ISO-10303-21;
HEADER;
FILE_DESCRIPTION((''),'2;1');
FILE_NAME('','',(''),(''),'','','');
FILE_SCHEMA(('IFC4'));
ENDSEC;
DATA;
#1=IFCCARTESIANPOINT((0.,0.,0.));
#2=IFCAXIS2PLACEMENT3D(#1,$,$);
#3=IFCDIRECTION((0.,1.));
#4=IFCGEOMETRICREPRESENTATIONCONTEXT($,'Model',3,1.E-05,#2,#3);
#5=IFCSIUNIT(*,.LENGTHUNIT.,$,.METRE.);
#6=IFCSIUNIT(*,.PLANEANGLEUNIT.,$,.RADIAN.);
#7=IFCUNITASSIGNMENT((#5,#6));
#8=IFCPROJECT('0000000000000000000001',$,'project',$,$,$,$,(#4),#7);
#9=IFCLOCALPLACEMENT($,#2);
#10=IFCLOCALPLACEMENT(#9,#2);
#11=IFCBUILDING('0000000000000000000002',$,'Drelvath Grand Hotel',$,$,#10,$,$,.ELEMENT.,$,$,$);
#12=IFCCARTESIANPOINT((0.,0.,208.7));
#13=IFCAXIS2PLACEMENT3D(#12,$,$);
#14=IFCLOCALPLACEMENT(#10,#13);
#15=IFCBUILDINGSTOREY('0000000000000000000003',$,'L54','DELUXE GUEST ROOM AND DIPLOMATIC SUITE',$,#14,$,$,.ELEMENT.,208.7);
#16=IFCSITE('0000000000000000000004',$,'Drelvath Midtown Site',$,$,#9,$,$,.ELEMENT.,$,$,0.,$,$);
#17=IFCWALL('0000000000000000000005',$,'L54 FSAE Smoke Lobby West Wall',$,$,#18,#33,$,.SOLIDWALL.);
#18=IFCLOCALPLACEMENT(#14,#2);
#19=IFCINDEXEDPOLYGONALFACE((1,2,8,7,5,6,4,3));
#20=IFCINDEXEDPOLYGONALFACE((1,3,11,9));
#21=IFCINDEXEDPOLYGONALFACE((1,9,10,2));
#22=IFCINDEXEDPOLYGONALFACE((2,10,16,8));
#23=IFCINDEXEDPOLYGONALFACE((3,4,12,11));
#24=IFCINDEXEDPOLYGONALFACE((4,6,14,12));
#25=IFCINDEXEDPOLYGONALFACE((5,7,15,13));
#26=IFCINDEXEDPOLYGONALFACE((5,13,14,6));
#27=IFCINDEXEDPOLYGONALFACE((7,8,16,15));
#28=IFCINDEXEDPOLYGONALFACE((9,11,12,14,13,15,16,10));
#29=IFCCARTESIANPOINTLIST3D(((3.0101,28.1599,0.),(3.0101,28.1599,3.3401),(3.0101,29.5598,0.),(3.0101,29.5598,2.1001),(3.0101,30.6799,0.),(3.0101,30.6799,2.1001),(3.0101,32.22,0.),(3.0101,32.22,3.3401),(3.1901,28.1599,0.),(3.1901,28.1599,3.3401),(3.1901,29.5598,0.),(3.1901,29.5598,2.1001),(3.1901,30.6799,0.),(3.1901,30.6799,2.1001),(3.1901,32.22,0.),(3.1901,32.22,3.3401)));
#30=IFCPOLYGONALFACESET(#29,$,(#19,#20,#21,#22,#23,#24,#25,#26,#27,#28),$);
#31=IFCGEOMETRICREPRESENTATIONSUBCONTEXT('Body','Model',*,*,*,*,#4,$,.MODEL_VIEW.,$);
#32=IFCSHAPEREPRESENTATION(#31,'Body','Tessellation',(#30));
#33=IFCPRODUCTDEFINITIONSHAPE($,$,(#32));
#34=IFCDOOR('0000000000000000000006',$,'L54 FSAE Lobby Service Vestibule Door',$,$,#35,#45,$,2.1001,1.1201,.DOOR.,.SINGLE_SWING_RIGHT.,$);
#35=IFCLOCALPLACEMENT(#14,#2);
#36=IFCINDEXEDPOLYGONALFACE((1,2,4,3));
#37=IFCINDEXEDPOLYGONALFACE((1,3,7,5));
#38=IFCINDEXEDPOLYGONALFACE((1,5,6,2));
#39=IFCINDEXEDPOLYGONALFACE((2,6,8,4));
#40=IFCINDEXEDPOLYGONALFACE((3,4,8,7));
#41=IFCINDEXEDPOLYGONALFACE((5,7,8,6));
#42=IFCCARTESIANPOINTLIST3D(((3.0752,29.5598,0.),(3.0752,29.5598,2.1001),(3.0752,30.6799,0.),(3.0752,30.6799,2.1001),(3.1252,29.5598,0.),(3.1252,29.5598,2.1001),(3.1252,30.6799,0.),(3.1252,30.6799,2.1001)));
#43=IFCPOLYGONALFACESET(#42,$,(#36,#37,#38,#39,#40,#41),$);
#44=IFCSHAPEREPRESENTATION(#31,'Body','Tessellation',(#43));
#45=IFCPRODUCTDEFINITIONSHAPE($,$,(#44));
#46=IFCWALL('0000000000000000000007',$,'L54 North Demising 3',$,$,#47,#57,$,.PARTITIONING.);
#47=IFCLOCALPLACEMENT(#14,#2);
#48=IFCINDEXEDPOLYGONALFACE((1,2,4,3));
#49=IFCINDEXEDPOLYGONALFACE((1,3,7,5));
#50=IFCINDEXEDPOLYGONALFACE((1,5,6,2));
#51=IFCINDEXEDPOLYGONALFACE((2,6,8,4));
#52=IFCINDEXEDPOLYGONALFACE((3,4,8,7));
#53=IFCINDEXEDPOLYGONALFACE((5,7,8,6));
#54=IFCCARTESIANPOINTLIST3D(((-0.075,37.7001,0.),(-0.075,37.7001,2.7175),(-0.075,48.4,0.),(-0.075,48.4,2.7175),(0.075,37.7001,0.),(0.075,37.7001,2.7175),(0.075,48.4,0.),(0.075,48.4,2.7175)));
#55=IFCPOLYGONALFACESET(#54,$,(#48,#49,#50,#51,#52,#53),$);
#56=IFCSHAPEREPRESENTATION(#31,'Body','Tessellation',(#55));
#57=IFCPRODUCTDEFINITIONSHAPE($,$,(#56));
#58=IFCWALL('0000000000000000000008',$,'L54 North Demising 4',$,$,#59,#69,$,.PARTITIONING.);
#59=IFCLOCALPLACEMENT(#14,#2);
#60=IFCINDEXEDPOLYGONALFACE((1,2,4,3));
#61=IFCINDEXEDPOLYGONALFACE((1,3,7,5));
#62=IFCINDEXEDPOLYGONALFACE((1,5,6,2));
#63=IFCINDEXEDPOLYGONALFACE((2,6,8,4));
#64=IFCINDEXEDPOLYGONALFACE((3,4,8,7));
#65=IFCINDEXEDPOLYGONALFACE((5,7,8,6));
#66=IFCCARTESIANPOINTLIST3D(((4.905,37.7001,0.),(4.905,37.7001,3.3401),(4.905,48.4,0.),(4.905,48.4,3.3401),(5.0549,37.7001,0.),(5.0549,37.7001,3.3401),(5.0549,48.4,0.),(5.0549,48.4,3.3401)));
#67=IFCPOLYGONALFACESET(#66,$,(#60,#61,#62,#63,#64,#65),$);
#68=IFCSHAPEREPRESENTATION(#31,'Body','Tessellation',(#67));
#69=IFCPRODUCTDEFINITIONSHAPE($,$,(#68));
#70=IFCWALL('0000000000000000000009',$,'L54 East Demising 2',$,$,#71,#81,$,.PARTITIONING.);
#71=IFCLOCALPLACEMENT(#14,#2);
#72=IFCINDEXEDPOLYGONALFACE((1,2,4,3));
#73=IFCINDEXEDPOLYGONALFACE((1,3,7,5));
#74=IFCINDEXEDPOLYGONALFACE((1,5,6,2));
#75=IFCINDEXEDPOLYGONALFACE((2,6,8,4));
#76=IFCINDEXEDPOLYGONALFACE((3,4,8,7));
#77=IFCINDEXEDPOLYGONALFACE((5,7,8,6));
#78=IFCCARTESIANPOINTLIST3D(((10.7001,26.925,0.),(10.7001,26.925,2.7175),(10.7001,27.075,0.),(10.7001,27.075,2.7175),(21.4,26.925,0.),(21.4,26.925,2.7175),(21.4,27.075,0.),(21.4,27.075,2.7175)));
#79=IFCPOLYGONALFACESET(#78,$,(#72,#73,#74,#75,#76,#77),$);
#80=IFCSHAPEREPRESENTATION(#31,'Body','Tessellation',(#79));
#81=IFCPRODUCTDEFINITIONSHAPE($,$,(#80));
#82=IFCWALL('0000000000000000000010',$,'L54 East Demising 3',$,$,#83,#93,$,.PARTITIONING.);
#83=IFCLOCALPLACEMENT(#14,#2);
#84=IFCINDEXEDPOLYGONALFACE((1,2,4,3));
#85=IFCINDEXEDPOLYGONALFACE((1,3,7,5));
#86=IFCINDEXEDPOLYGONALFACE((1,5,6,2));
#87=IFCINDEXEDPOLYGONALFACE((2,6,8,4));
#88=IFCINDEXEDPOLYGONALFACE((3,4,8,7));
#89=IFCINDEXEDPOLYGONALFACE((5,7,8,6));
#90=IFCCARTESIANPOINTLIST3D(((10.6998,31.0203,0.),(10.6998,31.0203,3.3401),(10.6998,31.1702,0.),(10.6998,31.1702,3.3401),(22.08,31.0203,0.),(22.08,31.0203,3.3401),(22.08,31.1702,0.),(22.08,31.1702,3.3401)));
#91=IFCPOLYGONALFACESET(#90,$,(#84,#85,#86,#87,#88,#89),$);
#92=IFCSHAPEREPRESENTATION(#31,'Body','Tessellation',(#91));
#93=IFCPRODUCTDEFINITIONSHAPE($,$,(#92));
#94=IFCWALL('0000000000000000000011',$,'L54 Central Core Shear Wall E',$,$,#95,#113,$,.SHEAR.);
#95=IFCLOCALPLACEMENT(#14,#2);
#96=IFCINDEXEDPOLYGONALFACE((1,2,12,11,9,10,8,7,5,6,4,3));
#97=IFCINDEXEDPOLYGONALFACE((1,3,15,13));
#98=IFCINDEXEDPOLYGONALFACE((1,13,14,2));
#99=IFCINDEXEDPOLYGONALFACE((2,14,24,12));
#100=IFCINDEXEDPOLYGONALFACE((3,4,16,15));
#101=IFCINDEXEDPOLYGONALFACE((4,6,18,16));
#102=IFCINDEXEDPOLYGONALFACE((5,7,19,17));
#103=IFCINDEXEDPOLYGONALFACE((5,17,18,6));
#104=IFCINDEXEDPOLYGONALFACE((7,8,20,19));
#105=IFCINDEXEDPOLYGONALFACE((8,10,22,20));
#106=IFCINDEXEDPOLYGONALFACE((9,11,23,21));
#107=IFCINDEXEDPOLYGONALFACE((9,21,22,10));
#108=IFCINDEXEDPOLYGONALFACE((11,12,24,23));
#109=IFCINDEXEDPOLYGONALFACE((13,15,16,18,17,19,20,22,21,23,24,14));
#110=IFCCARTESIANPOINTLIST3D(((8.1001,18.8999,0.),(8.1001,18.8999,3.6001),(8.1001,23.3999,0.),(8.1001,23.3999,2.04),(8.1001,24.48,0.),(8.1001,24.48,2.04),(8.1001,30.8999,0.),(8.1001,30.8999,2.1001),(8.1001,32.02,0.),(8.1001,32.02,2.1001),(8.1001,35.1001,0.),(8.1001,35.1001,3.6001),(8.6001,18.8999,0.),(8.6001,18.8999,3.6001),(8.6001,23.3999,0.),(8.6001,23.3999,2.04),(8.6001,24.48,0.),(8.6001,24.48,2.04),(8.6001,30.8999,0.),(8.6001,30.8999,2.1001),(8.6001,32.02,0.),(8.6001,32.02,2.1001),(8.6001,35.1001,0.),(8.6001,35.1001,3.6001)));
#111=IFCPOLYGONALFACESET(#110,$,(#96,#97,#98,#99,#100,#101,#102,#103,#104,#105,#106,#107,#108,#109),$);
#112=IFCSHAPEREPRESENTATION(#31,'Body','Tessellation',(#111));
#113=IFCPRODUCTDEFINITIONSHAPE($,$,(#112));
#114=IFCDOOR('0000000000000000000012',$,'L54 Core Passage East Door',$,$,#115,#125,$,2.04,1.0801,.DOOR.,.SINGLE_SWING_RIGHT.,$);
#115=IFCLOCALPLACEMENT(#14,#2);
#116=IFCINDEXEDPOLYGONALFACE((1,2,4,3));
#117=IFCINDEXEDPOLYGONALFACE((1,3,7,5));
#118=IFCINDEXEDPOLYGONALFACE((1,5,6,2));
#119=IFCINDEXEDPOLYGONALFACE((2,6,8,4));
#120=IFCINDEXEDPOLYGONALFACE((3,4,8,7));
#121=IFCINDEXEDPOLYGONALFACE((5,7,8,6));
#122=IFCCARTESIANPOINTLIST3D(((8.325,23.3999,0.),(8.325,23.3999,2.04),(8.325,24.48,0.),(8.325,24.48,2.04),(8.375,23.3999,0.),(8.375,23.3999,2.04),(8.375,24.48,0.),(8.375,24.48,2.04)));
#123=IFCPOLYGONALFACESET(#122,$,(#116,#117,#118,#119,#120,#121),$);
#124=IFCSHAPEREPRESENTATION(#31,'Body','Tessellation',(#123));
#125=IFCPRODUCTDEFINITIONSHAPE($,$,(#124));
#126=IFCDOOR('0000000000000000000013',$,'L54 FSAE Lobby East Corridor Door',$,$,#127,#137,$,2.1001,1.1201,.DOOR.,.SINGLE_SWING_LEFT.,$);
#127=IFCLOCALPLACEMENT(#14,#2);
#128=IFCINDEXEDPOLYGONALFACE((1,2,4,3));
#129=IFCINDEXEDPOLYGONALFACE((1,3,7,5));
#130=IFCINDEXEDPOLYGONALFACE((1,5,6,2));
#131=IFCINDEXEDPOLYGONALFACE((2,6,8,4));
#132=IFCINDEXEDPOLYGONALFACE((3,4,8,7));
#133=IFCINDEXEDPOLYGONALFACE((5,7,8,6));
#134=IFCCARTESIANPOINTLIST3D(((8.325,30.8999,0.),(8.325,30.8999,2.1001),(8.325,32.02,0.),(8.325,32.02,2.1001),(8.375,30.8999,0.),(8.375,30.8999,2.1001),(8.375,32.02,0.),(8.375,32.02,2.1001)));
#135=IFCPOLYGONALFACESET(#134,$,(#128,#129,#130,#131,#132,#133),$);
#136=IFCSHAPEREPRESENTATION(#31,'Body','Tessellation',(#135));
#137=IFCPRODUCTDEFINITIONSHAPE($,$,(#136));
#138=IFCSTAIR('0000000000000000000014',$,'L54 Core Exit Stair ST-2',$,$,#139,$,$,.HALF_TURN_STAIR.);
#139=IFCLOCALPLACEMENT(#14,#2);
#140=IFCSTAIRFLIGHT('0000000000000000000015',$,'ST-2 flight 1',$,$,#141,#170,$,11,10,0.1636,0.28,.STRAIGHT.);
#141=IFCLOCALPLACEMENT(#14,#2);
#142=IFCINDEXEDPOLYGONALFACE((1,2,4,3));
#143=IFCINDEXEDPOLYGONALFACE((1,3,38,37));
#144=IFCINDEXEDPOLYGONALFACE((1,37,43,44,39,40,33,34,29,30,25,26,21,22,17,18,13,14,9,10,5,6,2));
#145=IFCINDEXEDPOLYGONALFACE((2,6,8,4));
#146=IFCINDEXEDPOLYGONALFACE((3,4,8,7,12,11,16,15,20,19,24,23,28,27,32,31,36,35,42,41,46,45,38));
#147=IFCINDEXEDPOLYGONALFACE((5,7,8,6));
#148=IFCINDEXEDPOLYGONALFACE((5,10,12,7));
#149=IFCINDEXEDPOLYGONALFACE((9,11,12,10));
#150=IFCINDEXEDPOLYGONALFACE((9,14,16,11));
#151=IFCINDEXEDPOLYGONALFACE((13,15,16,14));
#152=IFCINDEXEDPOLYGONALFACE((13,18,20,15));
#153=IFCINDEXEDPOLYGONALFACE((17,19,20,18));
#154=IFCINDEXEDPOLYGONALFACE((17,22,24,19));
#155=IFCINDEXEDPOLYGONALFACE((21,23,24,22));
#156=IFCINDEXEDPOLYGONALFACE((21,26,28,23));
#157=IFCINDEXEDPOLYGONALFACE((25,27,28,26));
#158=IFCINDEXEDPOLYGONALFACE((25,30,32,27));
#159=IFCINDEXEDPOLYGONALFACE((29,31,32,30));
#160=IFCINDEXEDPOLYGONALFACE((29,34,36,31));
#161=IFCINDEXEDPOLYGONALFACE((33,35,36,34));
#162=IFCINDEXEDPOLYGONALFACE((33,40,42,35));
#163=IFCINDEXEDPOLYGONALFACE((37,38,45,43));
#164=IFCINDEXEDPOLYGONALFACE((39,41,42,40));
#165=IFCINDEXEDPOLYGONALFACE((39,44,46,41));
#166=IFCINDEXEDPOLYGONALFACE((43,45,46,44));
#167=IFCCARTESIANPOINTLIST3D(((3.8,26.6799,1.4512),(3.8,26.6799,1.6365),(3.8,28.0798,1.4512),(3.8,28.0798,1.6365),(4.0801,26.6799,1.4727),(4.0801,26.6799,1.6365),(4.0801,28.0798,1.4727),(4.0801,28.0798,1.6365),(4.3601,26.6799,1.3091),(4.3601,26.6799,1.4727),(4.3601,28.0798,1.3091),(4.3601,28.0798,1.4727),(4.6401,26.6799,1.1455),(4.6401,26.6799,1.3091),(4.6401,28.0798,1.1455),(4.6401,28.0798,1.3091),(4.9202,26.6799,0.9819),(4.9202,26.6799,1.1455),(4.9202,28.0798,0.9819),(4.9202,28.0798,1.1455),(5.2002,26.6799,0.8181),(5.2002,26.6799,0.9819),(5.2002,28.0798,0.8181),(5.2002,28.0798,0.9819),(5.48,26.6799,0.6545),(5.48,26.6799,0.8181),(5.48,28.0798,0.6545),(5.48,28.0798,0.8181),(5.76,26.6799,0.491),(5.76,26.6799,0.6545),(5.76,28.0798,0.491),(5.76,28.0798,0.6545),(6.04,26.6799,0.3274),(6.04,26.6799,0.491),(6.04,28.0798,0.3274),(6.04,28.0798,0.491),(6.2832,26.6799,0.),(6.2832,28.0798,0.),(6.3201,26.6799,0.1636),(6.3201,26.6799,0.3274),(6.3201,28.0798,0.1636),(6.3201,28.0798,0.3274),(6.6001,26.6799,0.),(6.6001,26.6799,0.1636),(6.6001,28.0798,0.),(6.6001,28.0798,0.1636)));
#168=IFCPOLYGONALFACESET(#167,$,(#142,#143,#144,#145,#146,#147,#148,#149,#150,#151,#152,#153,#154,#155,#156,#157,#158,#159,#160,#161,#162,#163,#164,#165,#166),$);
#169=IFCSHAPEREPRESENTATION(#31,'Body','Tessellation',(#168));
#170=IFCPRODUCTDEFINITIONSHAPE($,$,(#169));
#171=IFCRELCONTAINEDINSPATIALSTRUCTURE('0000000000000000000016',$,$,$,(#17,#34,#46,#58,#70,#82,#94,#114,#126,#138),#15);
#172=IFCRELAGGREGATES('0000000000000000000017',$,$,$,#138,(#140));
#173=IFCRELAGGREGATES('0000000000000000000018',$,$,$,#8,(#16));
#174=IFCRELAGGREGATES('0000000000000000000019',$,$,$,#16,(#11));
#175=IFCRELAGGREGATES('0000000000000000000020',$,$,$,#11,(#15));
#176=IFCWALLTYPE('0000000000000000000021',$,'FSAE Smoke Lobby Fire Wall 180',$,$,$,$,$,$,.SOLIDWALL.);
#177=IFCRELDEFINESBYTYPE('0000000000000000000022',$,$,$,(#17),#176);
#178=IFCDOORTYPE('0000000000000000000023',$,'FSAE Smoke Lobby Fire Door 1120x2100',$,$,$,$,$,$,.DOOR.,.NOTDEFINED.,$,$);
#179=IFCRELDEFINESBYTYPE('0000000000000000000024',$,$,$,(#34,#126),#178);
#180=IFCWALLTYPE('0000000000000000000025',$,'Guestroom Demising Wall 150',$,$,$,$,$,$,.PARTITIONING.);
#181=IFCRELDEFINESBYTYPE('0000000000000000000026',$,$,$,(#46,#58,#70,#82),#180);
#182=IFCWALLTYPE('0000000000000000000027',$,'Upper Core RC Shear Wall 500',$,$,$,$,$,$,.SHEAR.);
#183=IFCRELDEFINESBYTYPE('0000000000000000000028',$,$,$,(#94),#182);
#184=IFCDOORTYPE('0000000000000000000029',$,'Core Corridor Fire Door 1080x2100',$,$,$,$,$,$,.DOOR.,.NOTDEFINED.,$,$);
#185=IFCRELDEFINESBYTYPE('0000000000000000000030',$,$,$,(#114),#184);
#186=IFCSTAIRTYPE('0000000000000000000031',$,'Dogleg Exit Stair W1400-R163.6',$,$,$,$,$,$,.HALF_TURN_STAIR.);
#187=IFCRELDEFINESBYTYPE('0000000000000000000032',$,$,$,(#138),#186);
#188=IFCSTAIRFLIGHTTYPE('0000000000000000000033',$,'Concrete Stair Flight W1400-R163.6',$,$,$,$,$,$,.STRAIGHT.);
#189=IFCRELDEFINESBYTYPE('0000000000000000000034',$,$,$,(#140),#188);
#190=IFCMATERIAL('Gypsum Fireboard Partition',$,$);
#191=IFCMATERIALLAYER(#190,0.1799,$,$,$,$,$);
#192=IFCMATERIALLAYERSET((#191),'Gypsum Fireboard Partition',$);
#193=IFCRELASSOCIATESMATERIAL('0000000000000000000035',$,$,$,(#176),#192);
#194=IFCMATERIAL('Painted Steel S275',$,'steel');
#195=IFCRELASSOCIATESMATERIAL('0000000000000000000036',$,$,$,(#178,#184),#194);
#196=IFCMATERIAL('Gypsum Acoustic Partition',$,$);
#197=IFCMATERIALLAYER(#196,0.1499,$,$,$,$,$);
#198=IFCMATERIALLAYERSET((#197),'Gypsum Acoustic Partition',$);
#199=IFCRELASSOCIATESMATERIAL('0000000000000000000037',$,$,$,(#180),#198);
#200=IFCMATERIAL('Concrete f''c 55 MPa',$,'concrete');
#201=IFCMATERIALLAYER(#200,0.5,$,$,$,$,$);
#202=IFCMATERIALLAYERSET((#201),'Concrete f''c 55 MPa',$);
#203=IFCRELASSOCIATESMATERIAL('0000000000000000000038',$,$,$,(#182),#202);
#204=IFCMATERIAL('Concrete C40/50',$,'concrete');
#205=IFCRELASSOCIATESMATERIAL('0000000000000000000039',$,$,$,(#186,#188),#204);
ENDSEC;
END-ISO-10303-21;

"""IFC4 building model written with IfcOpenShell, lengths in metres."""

from ifc_helpers import new_model, si_unit, direction, frame, frame_2d, origin, place, context, subcontext, project, spatial, polyline, rectangle, outline, extrude, material, layer, layer_set, type_object, element, fill, aggregate, save


model = new_model("IFC4")

# Units and contexts
model_context = context("Model", 3, precision=1e-05, world=origin(), true_north=direction((0.0, 1.0)))
body_context = subcontext(model_context, "Body", "Model", "MODEL_VIEW")
ifc_project = project(units=[si_unit("LENGTHUNIT", "METRE"), si_unit("PLANEANGLEUNIT", "RADIAN")], contexts=[model_context])

# Site, building, storey
site_placement = place(None, origin())
site = spatial("IfcSite", under=ifc_project, at=site_placement, Name="Drelvath Midtown Site", CompositionType="ELEMENT", RefElevation=0.0)
building_placement = place(site_placement, origin())
building = spatial("IfcBuilding", under=site, at=building_placement, Name="Drelvath Grand Hotel", CompositionType="ELEMENT")
storey_placement = place(building_placement, frame((0.0, 0.0, 208.7)))
storey = spatial("IfcBuildingStorey", under=building, at=storey_placement, Name="L54", Description="DELUXE GUEST ROOM AND DIPLOMATIC SUITE", CompositionType="ELEMENT", Elevation=208.7)

# Shared definitions
ifc_material_1 = material(Name="Concrete f'c 55 MPa", Category="concrete")

# Shared definitions
ifc_material_2 = material(Name="Concrete C40/50", Category="concrete")

# Shared definitions
ifc_material_3 = material(Name="Painted Steel S275", Category="steel")

# Shared definitions
ifc_material_4 = material(Name="Gypsum Fireboard Partition")

# Wall, opening, door
ifc_layer_1 = layer(ifc_material_4, 0.1799)
ifc_layer_set_1 = layer_set([ifc_layer_1], Name="Gypsum Fireboard Partition")
wall_type_1 = type_object("IfcWallType", Name="FSAE Smoke Lobby Fire Wall 180", PredefinedType="SOLIDWALL", material=ifc_layer_set_1)
wall_1_placement = place(storey_placement, frame((3.1001, 28.1599, 0.0), z_axis=(0.0, 0.0, 1.0), x_axis=(0.0, 1.0, 0.0)))
wall_1 = element("IfcWall", 1, at=wall_1_placement, inside=storey, type_object=wall_type_1, Name="L54 FSAE Smoke Lobby West Wall", PredefinedType="SOLIDWALL", context=body_context, shape_type="SweptSolid", body=[
    extrude(rectangle(XDim=4.0601, YDim=0.1799, at=frame_2d((2.03, 0.0))), origin(), (0.0, 0.0, 1.0), 3.3401),
])
opening_1_placement = place(wall_1_placement, frame((1.3999, 0.0, 0.0)))
opening_1 = element("IfcOpeningElement", 2, at=opening_1_placement, cuts=wall_1, PredefinedType="OPENING", context=body_context, shape_type="SweptSolid", body=[
    extrude(rectangle(XDim=1.1201, YDim=2.1001, at=frame_2d((0.5601, 1.05))), frame((0.0, 0.0999, 0.0), z_axis=(0.0, -1.0, 0.0), x_axis=(1.0, 0.0, 0.0)), (0.0, 0.0, 1.0), 0.2),
])
door_type_1 = type_object("IfcDoorType", Name="FSAE Smoke Lobby Fire Door 1120x2100", OperationType="NOTDEFINED", PredefinedType="DOOR", material=ifc_material_3)
door_1_placement = place(opening_1_placement, origin())
door_1 = element("IfcDoor", 3, at=door_1_placement, inside=storey, type_object=door_type_1, Name="L54 FSAE Lobby Service Vestibule Door", OperationType="SINGLE_SWING_RIGHT", OverallHeight=2.1001, OverallWidth=1.1201, PredefinedType="DOOR", context=body_context, shape_type="SweptSolid", body=[
    extrude(rectangle(XDim=1.1201, YDim=2.1001, at=frame_2d((0.5601, 1.05))), frame((0.0, 0.0249, 0.0), z_axis=(0.0, -1.0, 0.0), x_axis=(1.0, 0.0, 0.0)), (0.0, 0.0, 1.0), 0.05),
])
fill(opening_1, door_1)

# Walls
ifc_material_5 = material(Name="Gypsum Acoustic Partition")
ifc_layer_2 = layer(ifc_material_5, 0.1499)
ifc_layer_set_2 = layer_set([ifc_layer_2], Name="Gypsum Acoustic Partition")
wall_type_2 = type_object("IfcWallType", Name="Guestroom Demising Wall 150", PredefinedType="PARTITIONING", material=ifc_layer_set_2)
wall_2_placement = place(storey_placement, frame((0.0, 37.7, 0.0), z_axis=(0.0, 0.0, 1.0), x_axis=(0.0, 1.0, 0.0)))
element("IfcWall", 4, at=wall_2_placement, inside=storey, type_object=wall_type_2, Name="L54 North Demising 3", PredefinedType="PARTITIONING", context=body_context, shape_type="SweptSolid", body=[
    extrude(rectangle(XDim=10.7, YDim=0.1499, at=frame_2d((5.3501, 0.0))), origin(), (0.0, 0.0, 1.0), 2.7175),
])
wall_3_placement = place(storey_placement, frame((4.98, 37.7, 0.0), z_axis=(0.0, 0.0, 1.0), x_axis=(0.0, 1.0, 0.0)))
element("IfcWall", 5, at=wall_3_placement, inside=storey, type_object=wall_type_2, Name="L54 North Demising 4", PredefinedType="PARTITIONING", context=body_context, shape_type="SweptSolid", body=[
    extrude(rectangle(XDim=10.7, YDim=0.1499, at=frame_2d((5.3501, 0.0))), origin(), (0.0, 0.0, 1.0), 3.3401),
])
wall_4_placement = place(storey_placement, frame((10.7, 27.0, 0.0), z_axis=(0.0, 0.0, 1.0), x_axis=(1.0, 0.0, 0.0)))
element("IfcWall", 6, at=wall_4_placement, inside=storey, type_object=wall_type_2, Name="L54 East Demising 2", PredefinedType="PARTITIONING", context=body_context, shape_type="SweptSolid", body=[
    extrude(rectangle(XDim=10.7, YDim=0.1499, at=frame_2d((5.3501, 0.0))), origin(), (0.0, 0.0, 1.0), 2.7175),
])
wall_5_placement = place(storey_placement, frame((10.7, 31.0952, 0.0), z_axis=(0.0, 0.0, 1.0), x_axis=(1.0, 0.0, 0.0)))
element("IfcWall", 7, at=wall_5_placement, inside=storey, type_object=wall_type_2, Name="L54 East Demising 3", PredefinedType="PARTITIONING", context=body_context, shape_type="SweptSolid", body=[
    extrude(rectangle(XDim=11.3801, YDim=0.1499, at=frame_2d((5.6899, 0.0))), origin(), (0.0, 0.0, 1.0), 3.3401),
])

# Wall, openings, doors
ifc_layer_3 = layer(ifc_material_1, 0.5)
ifc_layer_set_3 = layer_set([ifc_layer_3], Name="Concrete f'c 55 MPa")
wall_type_3 = type_object("IfcWallType", Name="Upper Core RC Shear Wall 500", PredefinedType="SHEAR", material=ifc_layer_set_3)
wall_6_placement = place(storey_placement, frame((8.3501, 35.1001, 0.0), z_axis=(0.0, 0.0, 1.0), x_axis=(0.0, -1.0, 0.0)))
wall_6 = element("IfcWall", 8, at=wall_6_placement, inside=storey, type_object=wall_type_3, Name="L54 Central Core Shear Wall E", PredefinedType="SHEAR", context=body_context, shape_type="SweptSolid", body=[
    extrude(rectangle(XDim=16.2002, YDim=0.5, at=frame_2d((8.1001, 0.0))), origin(), (0.0, 0.0, 1.0), 3.6001),
])
opening_2_placement = place(wall_6_placement, frame((3.0801, 0.0, 0.0)))
opening_2 = element("IfcOpeningElement", 9, at=opening_2_placement, cuts=wall_6, PredefinedType="OPENING", context=body_context, shape_type="SweptSolid", body=[
    extrude(rectangle(XDim=1.1201, YDim=2.1001, at=frame_2d((0.5601, 1.05))), frame((0.0, 0.26, 0.0), z_axis=(0.0, -1.0, 0.0), x_axis=(1.0, 0.0, 0.0)), (0.0, 0.0, 1.0), 0.52),
])
opening_3_placement = place(wall_6_placement, frame((10.6201, 0.0, 0.0)))
opening_3 = element("IfcOpeningElement", 10, at=opening_3_placement, cuts=wall_6, PredefinedType="OPENING", context=body_context, shape_type="SweptSolid", body=[
    extrude(rectangle(XDim=1.0801, YDim=2.04, at=frame_2d((0.54, 1.02))), frame((0.0, 0.26, 0.0), z_axis=(0.0, -1.0, 0.0), x_axis=(1.0, 0.0, 0.0)), (0.0, 0.0, 1.0), 0.52),
])
door_type_2 = type_object("IfcDoorType", Name="Core Corridor Fire Door 1080x2100", OperationType="NOTDEFINED", PredefinedType="DOOR", material=ifc_material_3)
door_2_placement = place(opening_3_placement, origin())
door_2 = element("IfcDoor", 11, at=door_2_placement, inside=storey, type_object=door_type_2, Name="L54 Core Passage East Door", OperationType="SINGLE_SWING_RIGHT", OverallHeight=2.04, OverallWidth=1.0801, PredefinedType="DOOR", context=body_context, shape_type="SweptSolid", body=[
    extrude(rectangle(XDim=1.0801, YDim=2.04, at=frame_2d((0.54, 1.02))), frame((0.0, 0.0249, 0.0), z_axis=(0.0, -1.0, 0.0), x_axis=(1.0, 0.0, 0.0)), (0.0, 0.0, 1.0), 0.05),
])
fill(opening_3, door_2)
door_3_placement = place(opening_2_placement, origin())
door_3 = element("IfcDoor", 12, at=door_3_placement, inside=storey, type_object=door_type_1, Name="L54 FSAE Lobby East Corridor Door", OperationType="SINGLE_SWING_LEFT", OverallHeight=2.1001, OverallWidth=1.1201, PredefinedType="DOOR", context=body_context, shape_type="SweptSolid", body=[
    extrude(rectangle(XDim=1.1201, YDim=2.1001, at=frame_2d((0.5601, 1.05))), frame((0.0, 0.0249, 0.0), z_axis=(0.0, -1.0, 0.0), x_axis=(1.0, 0.0, 0.0)), (0.0, 0.0, 1.0), 0.05),
])
fill(opening_2, door_3)

# Stair, stair flight
stair_type = type_object("IfcStairType", Name="Dogleg Exit Stair W1400-R163.6", PredefinedType="HALF_TURN_STAIR", material=ifc_material_2)
stair_placement = place(storey_placement, origin())
stair = element("IfcStair", 13, at=stair_placement, inside=storey, type_object=stair_type, Name="L54 Core Exit Stair ST-2", PredefinedType="HALF_TURN_STAIR")
stair_flight_type = type_object("IfcStairFlightType", Name="Concrete Stair Flight W1400-R163.6", PredefinedType="STRAIGHT", material=ifc_material_2)
stair_flight_placement = place(storey_placement, frame((6.6001, 27.3799, 0.0), z_axis=(0.0, 0.0, 1.0), x_axis=(-1.0, 0.0, 0.0)))
stair_flight = element("IfcStairFlight", 14, at=stair_flight_placement, type_object=stair_flight_type, Name="ST-2 flight 1", NumberOfRisers=11, NumberOfTreads=10, PredefinedType="STRAIGHT", RiserHeight=0.1636, TreadLength=0.28, context=body_context, shape_type="SweptSolid", body=[
    extrude(outline(polyline([(0.0, 0.0), (0.0, 0.1636), (0.28, 0.1636), (0.28, 0.3274), (0.5601, 0.3274), (0.5601, 0.491), (0.8401, 0.491), (0.8401, 0.6545), (1.1201, 0.6545), (1.1201, 0.8181), (1.3999, 0.8181), (1.3999, 0.9819), (1.6799, 0.9819), (1.6799, 1.1455), (1.96, 1.1455), (1.96, 1.3091), (2.24, 1.3091), (2.24, 1.4727), (2.52, 1.4727), (2.52, 1.6365), (2.8, 1.6365), (2.8, 1.8), (2.8, 1.4512), (0.3169, 0.0), (0.0, 0.0)])), frame((0.0, 0.7, 0.0), z_axis=(0.0, -1.0, 0.0), x_axis=(1.0, 0.0, 0.0)), (0.0, 0.0, 1.0), 1.3999),
])
aggregate(stair, [stair_flight])

save(model, "model.ifc")
